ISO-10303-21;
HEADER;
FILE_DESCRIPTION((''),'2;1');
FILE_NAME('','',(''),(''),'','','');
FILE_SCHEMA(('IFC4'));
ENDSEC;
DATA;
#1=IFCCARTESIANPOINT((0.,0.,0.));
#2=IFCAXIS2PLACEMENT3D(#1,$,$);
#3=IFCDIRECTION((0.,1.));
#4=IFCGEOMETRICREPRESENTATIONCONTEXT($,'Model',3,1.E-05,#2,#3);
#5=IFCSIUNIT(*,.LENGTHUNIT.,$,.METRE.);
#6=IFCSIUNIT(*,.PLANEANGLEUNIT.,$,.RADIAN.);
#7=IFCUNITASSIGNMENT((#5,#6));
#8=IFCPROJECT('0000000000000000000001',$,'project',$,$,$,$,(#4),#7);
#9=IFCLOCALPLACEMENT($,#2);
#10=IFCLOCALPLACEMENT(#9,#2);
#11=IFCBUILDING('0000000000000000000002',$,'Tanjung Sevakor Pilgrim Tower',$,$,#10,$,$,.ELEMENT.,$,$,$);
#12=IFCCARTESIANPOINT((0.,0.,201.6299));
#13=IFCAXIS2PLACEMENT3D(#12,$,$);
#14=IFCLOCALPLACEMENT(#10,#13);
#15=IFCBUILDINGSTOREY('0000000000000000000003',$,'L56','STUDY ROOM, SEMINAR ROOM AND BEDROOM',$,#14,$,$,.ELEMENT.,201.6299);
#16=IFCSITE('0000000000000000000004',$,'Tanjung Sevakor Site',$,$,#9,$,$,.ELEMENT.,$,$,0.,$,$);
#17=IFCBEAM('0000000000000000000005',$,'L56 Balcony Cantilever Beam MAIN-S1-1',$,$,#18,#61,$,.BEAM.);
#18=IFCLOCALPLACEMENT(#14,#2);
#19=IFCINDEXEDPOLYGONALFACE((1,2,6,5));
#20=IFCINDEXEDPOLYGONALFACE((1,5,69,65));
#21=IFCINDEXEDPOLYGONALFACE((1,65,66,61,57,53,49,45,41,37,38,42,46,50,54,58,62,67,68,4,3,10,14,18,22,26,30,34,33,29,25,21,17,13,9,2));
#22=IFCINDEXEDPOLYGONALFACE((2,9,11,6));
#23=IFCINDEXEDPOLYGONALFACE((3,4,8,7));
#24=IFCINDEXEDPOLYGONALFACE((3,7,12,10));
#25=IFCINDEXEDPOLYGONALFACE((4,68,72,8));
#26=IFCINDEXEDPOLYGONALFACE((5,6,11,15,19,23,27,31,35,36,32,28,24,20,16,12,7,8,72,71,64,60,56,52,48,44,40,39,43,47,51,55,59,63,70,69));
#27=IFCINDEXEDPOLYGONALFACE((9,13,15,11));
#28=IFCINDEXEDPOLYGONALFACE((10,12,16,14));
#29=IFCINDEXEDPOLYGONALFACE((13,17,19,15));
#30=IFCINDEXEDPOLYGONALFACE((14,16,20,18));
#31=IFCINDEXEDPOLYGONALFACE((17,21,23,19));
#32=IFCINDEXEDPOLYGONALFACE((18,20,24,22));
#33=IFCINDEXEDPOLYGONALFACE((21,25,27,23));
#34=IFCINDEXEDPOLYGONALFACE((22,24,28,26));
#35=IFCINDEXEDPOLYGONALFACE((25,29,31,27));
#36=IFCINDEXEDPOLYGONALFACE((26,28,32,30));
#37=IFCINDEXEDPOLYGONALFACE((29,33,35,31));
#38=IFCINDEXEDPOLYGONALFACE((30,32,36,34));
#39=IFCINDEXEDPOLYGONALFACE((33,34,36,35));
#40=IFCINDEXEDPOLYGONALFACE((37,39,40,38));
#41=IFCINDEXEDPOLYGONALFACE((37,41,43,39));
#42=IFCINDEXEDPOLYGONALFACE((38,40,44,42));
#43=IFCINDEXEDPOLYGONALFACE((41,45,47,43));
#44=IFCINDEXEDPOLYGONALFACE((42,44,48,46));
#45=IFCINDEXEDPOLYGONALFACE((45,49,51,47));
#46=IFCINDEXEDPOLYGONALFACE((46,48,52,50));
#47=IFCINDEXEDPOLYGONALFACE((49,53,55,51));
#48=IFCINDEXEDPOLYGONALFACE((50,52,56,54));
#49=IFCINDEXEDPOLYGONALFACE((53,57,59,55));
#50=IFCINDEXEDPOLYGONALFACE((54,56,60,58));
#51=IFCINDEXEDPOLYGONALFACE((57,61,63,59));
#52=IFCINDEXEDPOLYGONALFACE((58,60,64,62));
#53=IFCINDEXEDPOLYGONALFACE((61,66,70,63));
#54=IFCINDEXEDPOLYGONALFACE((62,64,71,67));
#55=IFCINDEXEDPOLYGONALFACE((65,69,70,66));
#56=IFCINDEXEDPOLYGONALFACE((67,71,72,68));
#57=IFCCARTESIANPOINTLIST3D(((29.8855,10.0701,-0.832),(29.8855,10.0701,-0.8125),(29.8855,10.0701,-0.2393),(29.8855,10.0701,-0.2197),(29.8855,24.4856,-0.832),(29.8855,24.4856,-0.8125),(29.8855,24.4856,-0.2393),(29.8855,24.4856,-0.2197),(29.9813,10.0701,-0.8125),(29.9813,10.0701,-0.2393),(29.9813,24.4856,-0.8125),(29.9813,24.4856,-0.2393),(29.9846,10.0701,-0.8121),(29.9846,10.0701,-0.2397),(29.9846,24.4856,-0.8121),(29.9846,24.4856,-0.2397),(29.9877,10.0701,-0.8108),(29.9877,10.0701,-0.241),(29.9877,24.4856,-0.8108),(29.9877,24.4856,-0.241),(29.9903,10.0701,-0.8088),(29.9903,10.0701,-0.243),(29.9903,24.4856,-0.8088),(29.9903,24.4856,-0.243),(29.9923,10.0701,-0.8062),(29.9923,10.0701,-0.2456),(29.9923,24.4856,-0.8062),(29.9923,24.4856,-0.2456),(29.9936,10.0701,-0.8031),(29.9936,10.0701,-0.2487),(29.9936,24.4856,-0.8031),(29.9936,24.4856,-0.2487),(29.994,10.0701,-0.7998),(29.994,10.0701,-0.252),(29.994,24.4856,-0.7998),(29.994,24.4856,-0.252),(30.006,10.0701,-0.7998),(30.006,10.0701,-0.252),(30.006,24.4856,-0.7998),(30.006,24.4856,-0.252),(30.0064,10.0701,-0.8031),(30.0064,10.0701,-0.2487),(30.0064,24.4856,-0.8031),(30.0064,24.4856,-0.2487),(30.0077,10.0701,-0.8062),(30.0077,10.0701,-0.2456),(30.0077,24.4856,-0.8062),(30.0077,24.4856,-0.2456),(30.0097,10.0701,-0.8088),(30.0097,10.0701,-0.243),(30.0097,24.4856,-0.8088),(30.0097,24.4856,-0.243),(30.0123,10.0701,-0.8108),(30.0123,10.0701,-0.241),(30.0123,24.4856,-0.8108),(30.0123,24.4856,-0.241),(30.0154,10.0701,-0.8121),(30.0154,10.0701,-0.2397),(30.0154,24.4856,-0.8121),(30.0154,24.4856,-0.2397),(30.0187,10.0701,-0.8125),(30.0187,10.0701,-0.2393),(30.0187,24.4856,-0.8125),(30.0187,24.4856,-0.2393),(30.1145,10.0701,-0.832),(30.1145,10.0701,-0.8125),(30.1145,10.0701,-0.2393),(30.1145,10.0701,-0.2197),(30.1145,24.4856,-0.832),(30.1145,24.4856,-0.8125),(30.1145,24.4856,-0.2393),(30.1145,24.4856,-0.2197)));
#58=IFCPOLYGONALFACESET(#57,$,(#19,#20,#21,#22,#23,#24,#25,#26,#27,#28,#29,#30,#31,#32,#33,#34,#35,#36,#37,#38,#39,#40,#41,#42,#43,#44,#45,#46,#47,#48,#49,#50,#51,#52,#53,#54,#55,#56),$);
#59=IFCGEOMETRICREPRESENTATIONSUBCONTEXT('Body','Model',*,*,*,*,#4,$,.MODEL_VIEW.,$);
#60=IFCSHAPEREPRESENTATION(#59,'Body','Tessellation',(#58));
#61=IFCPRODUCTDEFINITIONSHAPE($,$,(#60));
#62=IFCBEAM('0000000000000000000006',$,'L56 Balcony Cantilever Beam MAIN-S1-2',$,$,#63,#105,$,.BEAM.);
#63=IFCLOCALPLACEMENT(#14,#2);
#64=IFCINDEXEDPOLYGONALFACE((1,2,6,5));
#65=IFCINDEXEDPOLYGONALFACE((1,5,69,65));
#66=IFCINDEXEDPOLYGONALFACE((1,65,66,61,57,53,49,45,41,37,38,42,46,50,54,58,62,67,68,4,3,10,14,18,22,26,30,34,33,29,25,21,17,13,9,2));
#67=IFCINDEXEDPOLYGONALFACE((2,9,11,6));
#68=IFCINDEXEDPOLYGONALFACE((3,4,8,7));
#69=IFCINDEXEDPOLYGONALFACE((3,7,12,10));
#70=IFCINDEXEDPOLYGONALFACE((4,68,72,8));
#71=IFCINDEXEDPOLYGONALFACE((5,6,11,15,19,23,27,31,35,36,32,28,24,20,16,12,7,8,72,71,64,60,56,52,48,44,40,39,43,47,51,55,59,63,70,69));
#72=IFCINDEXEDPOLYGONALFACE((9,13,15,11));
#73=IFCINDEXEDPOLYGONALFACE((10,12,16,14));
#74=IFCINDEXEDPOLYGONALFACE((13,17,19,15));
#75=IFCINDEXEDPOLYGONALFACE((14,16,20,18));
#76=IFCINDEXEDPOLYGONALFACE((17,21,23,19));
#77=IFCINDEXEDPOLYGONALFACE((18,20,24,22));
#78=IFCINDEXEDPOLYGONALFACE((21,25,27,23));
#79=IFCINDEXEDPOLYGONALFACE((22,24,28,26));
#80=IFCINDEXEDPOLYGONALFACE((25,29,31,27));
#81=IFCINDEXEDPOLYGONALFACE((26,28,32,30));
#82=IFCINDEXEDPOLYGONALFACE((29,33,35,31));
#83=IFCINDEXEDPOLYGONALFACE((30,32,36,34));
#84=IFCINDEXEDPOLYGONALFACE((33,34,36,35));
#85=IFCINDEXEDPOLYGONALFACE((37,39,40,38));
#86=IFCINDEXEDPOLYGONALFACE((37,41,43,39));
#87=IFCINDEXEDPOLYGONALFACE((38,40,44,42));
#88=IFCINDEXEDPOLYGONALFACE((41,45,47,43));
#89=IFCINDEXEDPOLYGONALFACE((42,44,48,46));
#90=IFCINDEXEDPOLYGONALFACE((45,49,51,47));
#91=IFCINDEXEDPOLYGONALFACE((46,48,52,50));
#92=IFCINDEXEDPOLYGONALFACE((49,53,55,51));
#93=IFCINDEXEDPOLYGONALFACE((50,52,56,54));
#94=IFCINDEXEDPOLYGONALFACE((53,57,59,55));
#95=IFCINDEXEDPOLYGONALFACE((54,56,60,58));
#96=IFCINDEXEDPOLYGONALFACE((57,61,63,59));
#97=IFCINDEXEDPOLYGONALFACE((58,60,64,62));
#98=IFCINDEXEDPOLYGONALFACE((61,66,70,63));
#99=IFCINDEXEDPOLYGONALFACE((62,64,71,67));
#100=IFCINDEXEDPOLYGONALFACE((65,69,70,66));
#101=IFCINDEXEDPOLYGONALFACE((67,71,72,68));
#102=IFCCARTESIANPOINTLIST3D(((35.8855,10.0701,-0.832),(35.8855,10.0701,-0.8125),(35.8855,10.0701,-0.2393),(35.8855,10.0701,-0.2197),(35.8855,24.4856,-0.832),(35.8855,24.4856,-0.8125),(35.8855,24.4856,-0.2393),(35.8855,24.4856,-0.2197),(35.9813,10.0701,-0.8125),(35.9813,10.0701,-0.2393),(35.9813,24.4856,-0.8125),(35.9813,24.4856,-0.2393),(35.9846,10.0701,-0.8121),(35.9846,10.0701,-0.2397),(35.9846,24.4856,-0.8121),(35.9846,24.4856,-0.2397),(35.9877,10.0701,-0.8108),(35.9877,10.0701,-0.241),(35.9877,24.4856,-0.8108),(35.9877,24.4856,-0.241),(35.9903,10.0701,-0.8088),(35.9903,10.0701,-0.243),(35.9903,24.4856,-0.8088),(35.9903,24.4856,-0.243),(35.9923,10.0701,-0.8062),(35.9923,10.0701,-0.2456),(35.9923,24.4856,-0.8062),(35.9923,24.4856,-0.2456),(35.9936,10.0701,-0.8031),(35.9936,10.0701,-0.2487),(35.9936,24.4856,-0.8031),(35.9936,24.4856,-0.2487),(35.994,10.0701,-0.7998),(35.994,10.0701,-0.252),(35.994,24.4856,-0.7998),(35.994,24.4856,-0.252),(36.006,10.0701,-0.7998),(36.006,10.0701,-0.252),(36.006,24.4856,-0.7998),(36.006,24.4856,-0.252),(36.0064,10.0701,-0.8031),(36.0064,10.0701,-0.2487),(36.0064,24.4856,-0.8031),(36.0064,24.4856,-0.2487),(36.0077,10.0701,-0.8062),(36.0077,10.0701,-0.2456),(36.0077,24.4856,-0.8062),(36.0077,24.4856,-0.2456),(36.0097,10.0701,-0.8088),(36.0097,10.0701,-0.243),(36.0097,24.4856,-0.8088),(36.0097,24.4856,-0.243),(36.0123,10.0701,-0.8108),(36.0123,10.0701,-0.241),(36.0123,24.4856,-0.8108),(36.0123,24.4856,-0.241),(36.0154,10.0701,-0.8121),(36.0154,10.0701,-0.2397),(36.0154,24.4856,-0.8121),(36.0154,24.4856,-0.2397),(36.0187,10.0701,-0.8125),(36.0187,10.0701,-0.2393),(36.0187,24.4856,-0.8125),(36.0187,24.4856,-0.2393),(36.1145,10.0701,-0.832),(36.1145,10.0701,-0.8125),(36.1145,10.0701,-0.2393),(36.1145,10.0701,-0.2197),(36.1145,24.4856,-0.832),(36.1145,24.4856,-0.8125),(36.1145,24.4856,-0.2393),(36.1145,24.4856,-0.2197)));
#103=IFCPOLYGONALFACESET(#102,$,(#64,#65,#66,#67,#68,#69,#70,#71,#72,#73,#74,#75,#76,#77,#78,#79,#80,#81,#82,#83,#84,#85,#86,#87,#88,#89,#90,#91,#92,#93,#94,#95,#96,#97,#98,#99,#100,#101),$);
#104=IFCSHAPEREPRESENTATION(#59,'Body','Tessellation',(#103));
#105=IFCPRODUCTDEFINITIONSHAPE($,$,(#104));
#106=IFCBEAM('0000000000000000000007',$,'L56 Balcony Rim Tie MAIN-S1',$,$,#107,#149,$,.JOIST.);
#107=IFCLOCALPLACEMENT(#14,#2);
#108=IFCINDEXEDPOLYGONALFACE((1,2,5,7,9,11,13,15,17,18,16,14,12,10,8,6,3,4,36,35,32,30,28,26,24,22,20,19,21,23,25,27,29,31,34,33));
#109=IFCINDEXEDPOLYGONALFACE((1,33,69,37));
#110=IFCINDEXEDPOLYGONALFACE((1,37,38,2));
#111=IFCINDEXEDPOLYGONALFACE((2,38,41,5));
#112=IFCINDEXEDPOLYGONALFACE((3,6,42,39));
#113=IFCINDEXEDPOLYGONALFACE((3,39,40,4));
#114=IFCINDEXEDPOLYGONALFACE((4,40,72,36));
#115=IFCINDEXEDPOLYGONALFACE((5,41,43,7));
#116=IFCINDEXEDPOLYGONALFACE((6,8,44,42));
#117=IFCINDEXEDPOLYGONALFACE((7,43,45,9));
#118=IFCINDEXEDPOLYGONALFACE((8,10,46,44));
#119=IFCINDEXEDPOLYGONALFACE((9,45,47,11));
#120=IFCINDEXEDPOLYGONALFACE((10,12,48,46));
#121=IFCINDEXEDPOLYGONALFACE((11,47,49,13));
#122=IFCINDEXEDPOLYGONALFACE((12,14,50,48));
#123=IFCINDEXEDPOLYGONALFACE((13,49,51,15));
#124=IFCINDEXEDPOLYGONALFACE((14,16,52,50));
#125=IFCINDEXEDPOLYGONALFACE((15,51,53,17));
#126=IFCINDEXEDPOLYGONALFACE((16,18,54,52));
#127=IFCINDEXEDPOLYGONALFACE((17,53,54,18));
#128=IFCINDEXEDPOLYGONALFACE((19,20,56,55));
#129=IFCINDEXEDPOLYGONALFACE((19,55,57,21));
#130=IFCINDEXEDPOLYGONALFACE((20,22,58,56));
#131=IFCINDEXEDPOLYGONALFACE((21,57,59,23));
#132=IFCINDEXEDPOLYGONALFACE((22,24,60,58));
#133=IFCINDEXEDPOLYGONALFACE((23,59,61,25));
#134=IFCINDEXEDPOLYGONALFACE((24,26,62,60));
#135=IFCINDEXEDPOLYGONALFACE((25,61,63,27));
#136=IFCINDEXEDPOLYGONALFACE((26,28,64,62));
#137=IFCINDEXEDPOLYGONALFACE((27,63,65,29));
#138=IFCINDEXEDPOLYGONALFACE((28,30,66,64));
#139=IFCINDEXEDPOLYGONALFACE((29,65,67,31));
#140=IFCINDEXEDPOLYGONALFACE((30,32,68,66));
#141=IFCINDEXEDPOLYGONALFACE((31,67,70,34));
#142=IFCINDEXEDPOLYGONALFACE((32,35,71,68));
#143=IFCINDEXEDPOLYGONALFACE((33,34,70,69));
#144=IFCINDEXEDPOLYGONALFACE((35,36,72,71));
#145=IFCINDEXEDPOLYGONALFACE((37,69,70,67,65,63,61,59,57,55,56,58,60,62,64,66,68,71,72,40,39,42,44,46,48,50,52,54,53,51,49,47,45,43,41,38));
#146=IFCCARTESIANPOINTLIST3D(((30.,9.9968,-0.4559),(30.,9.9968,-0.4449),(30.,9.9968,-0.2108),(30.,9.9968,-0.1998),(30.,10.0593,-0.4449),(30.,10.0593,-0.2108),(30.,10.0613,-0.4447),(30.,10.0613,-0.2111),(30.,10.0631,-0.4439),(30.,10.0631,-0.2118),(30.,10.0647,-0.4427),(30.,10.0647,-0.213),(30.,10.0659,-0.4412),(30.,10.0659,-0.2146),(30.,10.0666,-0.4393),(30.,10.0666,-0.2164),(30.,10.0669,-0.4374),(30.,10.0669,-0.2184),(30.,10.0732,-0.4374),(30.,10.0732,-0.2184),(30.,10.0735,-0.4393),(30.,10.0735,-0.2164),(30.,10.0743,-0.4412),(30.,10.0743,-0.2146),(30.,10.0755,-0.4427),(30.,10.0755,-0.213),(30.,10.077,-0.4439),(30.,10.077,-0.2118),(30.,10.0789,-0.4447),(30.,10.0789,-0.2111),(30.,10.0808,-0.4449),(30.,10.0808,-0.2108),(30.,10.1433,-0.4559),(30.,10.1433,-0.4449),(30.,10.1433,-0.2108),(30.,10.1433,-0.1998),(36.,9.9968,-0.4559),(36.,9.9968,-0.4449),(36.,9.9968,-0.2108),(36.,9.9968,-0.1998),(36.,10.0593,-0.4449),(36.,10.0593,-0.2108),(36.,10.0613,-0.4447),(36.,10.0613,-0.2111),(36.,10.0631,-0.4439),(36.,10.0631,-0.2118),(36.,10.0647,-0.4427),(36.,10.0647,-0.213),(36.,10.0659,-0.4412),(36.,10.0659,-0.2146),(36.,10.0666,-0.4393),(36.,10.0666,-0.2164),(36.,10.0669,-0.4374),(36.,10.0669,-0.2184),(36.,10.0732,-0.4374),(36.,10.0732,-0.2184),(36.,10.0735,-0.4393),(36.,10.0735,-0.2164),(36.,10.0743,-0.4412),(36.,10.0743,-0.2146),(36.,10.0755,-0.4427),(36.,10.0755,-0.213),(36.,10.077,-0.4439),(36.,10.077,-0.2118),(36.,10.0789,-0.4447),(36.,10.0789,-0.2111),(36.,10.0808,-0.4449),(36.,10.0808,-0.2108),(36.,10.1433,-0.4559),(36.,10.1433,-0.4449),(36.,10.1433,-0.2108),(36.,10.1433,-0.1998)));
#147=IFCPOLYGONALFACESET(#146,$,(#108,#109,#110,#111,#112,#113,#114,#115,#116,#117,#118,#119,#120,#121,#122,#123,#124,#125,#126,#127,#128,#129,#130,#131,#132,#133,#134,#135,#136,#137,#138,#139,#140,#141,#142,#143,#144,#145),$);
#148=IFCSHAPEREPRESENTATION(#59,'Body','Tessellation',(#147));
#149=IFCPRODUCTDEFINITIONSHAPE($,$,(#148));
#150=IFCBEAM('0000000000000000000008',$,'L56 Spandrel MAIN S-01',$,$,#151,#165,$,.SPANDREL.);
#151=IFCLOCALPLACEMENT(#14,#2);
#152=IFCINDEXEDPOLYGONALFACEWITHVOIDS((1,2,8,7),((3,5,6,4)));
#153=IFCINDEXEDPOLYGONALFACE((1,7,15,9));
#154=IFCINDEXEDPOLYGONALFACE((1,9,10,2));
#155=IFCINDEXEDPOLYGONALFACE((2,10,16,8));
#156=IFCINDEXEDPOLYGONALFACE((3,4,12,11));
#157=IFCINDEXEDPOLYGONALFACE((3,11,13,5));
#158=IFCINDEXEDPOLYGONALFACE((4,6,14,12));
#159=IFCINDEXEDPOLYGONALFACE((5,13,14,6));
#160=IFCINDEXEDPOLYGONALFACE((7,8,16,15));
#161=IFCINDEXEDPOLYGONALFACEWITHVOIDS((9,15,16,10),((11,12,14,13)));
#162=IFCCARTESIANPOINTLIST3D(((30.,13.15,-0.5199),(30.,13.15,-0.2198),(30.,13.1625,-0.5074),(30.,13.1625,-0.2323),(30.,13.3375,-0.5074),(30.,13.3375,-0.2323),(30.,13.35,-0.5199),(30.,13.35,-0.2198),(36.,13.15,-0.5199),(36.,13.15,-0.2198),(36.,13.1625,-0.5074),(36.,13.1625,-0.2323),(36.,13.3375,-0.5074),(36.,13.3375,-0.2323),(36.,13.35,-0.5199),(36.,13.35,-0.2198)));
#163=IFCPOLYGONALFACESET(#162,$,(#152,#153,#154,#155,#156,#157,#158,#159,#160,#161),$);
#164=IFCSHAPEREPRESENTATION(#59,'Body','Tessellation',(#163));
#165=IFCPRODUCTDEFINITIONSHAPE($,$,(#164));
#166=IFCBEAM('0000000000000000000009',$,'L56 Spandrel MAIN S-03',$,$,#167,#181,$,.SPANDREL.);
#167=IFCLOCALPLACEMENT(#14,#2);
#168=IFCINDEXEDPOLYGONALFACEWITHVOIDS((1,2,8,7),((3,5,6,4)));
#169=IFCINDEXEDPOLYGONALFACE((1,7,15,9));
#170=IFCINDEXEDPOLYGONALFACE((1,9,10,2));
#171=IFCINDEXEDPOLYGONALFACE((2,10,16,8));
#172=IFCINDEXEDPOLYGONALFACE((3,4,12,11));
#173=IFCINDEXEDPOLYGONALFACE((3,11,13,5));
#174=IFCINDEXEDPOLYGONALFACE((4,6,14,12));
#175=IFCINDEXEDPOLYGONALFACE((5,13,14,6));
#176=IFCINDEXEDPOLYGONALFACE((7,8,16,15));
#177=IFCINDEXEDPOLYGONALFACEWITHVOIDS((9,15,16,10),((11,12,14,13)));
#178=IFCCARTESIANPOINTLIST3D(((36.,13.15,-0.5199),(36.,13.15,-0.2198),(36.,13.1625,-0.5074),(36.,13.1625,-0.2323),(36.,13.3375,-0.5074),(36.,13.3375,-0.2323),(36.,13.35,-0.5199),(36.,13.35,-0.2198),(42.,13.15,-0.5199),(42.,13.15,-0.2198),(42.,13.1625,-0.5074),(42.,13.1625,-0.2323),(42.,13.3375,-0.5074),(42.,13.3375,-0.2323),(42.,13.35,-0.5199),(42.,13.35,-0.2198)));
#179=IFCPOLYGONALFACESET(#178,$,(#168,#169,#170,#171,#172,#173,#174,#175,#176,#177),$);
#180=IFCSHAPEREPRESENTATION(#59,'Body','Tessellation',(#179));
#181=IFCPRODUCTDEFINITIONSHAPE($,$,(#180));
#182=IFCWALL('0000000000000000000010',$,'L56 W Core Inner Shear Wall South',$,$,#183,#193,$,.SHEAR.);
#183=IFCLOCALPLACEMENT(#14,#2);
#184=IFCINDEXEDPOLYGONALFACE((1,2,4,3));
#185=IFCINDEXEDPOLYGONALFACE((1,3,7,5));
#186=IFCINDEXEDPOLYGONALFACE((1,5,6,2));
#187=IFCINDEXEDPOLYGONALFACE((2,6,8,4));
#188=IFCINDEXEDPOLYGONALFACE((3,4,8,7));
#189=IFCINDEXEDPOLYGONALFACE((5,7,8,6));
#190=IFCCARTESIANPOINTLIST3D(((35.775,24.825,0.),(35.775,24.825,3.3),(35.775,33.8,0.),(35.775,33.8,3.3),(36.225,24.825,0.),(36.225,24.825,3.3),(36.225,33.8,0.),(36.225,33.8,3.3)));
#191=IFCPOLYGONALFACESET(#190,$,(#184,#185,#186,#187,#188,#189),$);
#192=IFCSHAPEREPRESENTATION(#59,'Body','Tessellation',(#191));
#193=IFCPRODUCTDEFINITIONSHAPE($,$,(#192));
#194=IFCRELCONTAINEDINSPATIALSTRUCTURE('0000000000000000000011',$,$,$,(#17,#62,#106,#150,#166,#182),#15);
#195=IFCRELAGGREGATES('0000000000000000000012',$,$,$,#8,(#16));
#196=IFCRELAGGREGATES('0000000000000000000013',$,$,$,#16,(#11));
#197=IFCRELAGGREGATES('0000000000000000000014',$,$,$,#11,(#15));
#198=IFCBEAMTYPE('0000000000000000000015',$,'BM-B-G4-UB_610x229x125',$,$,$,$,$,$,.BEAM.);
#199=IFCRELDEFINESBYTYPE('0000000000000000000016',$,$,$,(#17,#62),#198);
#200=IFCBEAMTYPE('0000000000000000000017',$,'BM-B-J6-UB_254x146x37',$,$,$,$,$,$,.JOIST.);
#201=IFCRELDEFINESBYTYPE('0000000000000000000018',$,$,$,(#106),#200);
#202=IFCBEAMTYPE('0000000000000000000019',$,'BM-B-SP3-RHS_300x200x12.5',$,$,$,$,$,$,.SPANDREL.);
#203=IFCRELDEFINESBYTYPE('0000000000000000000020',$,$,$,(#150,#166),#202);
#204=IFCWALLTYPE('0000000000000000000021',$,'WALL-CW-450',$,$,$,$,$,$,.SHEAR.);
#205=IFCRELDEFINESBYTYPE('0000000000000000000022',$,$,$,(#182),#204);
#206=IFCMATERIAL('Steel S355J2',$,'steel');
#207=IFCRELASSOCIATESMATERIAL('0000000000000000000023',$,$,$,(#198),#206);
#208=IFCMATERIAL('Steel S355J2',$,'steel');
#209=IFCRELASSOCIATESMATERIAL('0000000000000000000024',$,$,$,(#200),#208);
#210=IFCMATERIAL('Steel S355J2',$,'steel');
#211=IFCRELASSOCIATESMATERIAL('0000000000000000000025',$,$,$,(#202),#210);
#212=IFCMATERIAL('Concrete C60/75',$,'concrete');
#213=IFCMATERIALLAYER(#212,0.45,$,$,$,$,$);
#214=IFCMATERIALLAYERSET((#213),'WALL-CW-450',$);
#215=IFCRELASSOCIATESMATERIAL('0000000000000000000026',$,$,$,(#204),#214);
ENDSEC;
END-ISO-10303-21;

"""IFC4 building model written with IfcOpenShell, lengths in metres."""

from ifc_helpers import new_model, si_unit, direction, frame, frame_2d, origin, origin_2d, place, context, subcontext, project, spatial, rectangle, hollow_rectangle, i_section, extrude, material, layer, layer_set, material_profile, profile_set, type_object, element, save


model = new_model("IFC4")

# Units and contexts
model_context = context("Model", 3, precision=1e-05, world=origin(), true_north=direction((0.0, 1.0)))
body_context = subcontext(model_context, "Body", "Model", "MODEL_VIEW")
ifc_project = project(units=[si_unit("LENGTHUNIT", "METRE"), si_unit("PLANEANGLEUNIT", "RADIAN")], contexts=[model_context])

# Site, building, storey
site_placement = place(None, origin())
site = spatial("IfcSite", under=ifc_project, at=site_placement, Name="Tanjung Sevakor Site", CompositionType="ELEMENT", RefElevation=0.0)
building_placement = place(site_placement, origin())
building = spatial("IfcBuilding", under=site, at=building_placement, Name="Tanjung Sevakor Pilgrim Tower", CompositionType="ELEMENT")
storey_placement = place(building_placement, frame((0.0, 0.0, 201.6299)))
storey = spatial("IfcBuildingStorey", under=building, at=storey_placement, Name="L56", Description="STUDY ROOM, SEMINAR ROOM AND BEDROOM", CompositionType="ELEMENT", Elevation=201.6299)

# Beams
ifc_material_1 = material(Name="Steel S355J2", Category="steel")
ifc_material_profile_1 = material_profile(ifc_material_1, i_section(OverallWidth=0.229, OverallDepth=0.6123, WebThickness=0.012, FlangeThickness=0.0195, FilletRadius=0.0127, at=origin_2d()))
ifc_profile_set_1 = profile_set([ifc_material_profile_1], Name="Steel S355J2")
beam_type_1 = type_object("IfcBeamType", Name="BM-B-G4-UB_610x229x125", PredefinedType="BEAM", material=ifc_profile_set_1)
for number, where, z_axis, x_axis, name in (
    (1, (30.0, 24.4856, -0.5259), (0.0, -1.0, 0.0), (1.0, 0.0, 0.0), "L56 Balcony Cantilever Beam MAIN-S1-1"),
    (2, (36.0, 24.4856, -0.5259), (0.0, -1.0, 0.0), (1.0, 0.0, 0.0), "L56 Balcony Cantilever Beam MAIN-S1-2"),
):
    element("IfcBeam", number, at=place(storey_placement, frame(where, z_axis=z_axis, x_axis=x_axis)), inside=storey, type_object=beam_type_1, Name=name, PredefinedType="BEAM", context=body_context, shape_type="SweptSolid", body=[
        extrude(i_section(OverallWidth=0.229, OverallDepth=0.6123, WebThickness=0.012, FlangeThickness=0.0195, FilletRadius=0.0127, at=origin_2d()), origin(), (0.0, 0.0, 1.0), 14.4155),
    ])
ifc_material_2 = material(Name="Steel S355J2", Category="steel")
ifc_material_profile_2 = material_profile(ifc_material_2, i_section(OverallWidth=0.1465, OverallDepth=0.2561, WebThickness=0.0063, FlangeThickness=0.011, FilletRadius=0.0076, at=origin_2d()))
ifc_profile_set_2 = profile_set([ifc_material_profile_2], Name="Steel S355J2")
beam_type_2 = type_object("IfcBeamType", Name="BM-B-J6-UB_254x146x37", PredefinedType="JOIST", material=ifc_profile_set_2)
beam_1_placement = place(storey_placement, frame((30.0, 10.0701, -0.3279), z_axis=(1.0, 0.0, 0.0), x_axis=(0.0, 1.0, 0.0)))
element("IfcBeam", 3, at=beam_1_placement, inside=storey, type_object=beam_type_2, Name="L56 Balcony Rim Tie MAIN-S1", PredefinedType="JOIST", context=body_context, shape_type="SweptSolid", body=[
    extrude(i_section(OverallWidth=0.1465, OverallDepth=0.2561, WebThickness=0.0063, FlangeThickness=0.011, FilletRadius=0.0076, at=origin_2d()), origin(), (0.0, 0.0, 1.0), 6.0),
])
ifc_material_3 = material(Name="Steel S355J2", Category="steel")
ifc_material_profile_3 = material_profile(ifc_material_3, hollow_rectangle(XDim=0.2, YDim=0.3, WallThickness=0.0125, at=origin_2d()))
ifc_profile_set_3 = profile_set([ifc_material_profile_3], Name="Steel S355J2")
beam_type_3 = type_object("IfcBeamType", Name="BM-B-SP3-RHS_300x200x12.5", PredefinedType="SPANDREL", material=ifc_profile_set_3)
for number, where, z_axis, x_axis, name in (
    (4, (30.0, 13.25, -0.3699), (1.0, 0.0, 0.0), (0.0, 1.0, 0.0), "L56 Spandrel MAIN S-01"),
    (5, (36.0, 13.25, -0.3699), (1.0, 0.0, 0.0), (0.0, 1.0, 0.0), "L56 Spandrel MAIN S-03"),
):
    element("IfcBeam", number, at=place(storey_placement, frame(where, z_axis=z_axis, x_axis=x_axis)), inside=storey, type_object=beam_type_3, Name=name, PredefinedType="SPANDREL", context=body_context, shape_type="SweptSolid", body=[
        extrude(hollow_rectangle(XDim=0.2, YDim=0.3, WallThickness=0.0125, at=origin_2d()), origin(), (0.0, 0.0, 1.0), 6.0),
    ])

# Wall
ifc_material_4 = material(Name="Concrete C60/75", Category="concrete")
ifc_layer_1 = layer(ifc_material_4, 0.45)
ifc_layer_set_1 = layer_set([ifc_layer_1], Name="WALL-CW-450")
wall_type_1 = type_object("IfcWallType", Name="WALL-CW-450", PredefinedType="SHEAR", material=ifc_layer_set_1)
wall_1_placement = place(storey_placement, frame((36.0, 24.825, 0.0), z_axis=(0.0, 0.0, 1.0), x_axis=(0.0, 1.0, 0.0)))
element("IfcWall", 6, at=wall_1_placement, inside=storey, type_object=wall_type_1, Name="L56 W Core Inner Shear Wall South", PredefinedType="SHEAR", context=body_context, shape_type="SweptSolid", body=[
    extrude(rectangle(XDim=8.9751, YDim=0.45, at=frame_2d((4.4875, 0.0))), origin(), (0.0, 0.0, 1.0), 3.3),
])

save(model, "model.ifc")
